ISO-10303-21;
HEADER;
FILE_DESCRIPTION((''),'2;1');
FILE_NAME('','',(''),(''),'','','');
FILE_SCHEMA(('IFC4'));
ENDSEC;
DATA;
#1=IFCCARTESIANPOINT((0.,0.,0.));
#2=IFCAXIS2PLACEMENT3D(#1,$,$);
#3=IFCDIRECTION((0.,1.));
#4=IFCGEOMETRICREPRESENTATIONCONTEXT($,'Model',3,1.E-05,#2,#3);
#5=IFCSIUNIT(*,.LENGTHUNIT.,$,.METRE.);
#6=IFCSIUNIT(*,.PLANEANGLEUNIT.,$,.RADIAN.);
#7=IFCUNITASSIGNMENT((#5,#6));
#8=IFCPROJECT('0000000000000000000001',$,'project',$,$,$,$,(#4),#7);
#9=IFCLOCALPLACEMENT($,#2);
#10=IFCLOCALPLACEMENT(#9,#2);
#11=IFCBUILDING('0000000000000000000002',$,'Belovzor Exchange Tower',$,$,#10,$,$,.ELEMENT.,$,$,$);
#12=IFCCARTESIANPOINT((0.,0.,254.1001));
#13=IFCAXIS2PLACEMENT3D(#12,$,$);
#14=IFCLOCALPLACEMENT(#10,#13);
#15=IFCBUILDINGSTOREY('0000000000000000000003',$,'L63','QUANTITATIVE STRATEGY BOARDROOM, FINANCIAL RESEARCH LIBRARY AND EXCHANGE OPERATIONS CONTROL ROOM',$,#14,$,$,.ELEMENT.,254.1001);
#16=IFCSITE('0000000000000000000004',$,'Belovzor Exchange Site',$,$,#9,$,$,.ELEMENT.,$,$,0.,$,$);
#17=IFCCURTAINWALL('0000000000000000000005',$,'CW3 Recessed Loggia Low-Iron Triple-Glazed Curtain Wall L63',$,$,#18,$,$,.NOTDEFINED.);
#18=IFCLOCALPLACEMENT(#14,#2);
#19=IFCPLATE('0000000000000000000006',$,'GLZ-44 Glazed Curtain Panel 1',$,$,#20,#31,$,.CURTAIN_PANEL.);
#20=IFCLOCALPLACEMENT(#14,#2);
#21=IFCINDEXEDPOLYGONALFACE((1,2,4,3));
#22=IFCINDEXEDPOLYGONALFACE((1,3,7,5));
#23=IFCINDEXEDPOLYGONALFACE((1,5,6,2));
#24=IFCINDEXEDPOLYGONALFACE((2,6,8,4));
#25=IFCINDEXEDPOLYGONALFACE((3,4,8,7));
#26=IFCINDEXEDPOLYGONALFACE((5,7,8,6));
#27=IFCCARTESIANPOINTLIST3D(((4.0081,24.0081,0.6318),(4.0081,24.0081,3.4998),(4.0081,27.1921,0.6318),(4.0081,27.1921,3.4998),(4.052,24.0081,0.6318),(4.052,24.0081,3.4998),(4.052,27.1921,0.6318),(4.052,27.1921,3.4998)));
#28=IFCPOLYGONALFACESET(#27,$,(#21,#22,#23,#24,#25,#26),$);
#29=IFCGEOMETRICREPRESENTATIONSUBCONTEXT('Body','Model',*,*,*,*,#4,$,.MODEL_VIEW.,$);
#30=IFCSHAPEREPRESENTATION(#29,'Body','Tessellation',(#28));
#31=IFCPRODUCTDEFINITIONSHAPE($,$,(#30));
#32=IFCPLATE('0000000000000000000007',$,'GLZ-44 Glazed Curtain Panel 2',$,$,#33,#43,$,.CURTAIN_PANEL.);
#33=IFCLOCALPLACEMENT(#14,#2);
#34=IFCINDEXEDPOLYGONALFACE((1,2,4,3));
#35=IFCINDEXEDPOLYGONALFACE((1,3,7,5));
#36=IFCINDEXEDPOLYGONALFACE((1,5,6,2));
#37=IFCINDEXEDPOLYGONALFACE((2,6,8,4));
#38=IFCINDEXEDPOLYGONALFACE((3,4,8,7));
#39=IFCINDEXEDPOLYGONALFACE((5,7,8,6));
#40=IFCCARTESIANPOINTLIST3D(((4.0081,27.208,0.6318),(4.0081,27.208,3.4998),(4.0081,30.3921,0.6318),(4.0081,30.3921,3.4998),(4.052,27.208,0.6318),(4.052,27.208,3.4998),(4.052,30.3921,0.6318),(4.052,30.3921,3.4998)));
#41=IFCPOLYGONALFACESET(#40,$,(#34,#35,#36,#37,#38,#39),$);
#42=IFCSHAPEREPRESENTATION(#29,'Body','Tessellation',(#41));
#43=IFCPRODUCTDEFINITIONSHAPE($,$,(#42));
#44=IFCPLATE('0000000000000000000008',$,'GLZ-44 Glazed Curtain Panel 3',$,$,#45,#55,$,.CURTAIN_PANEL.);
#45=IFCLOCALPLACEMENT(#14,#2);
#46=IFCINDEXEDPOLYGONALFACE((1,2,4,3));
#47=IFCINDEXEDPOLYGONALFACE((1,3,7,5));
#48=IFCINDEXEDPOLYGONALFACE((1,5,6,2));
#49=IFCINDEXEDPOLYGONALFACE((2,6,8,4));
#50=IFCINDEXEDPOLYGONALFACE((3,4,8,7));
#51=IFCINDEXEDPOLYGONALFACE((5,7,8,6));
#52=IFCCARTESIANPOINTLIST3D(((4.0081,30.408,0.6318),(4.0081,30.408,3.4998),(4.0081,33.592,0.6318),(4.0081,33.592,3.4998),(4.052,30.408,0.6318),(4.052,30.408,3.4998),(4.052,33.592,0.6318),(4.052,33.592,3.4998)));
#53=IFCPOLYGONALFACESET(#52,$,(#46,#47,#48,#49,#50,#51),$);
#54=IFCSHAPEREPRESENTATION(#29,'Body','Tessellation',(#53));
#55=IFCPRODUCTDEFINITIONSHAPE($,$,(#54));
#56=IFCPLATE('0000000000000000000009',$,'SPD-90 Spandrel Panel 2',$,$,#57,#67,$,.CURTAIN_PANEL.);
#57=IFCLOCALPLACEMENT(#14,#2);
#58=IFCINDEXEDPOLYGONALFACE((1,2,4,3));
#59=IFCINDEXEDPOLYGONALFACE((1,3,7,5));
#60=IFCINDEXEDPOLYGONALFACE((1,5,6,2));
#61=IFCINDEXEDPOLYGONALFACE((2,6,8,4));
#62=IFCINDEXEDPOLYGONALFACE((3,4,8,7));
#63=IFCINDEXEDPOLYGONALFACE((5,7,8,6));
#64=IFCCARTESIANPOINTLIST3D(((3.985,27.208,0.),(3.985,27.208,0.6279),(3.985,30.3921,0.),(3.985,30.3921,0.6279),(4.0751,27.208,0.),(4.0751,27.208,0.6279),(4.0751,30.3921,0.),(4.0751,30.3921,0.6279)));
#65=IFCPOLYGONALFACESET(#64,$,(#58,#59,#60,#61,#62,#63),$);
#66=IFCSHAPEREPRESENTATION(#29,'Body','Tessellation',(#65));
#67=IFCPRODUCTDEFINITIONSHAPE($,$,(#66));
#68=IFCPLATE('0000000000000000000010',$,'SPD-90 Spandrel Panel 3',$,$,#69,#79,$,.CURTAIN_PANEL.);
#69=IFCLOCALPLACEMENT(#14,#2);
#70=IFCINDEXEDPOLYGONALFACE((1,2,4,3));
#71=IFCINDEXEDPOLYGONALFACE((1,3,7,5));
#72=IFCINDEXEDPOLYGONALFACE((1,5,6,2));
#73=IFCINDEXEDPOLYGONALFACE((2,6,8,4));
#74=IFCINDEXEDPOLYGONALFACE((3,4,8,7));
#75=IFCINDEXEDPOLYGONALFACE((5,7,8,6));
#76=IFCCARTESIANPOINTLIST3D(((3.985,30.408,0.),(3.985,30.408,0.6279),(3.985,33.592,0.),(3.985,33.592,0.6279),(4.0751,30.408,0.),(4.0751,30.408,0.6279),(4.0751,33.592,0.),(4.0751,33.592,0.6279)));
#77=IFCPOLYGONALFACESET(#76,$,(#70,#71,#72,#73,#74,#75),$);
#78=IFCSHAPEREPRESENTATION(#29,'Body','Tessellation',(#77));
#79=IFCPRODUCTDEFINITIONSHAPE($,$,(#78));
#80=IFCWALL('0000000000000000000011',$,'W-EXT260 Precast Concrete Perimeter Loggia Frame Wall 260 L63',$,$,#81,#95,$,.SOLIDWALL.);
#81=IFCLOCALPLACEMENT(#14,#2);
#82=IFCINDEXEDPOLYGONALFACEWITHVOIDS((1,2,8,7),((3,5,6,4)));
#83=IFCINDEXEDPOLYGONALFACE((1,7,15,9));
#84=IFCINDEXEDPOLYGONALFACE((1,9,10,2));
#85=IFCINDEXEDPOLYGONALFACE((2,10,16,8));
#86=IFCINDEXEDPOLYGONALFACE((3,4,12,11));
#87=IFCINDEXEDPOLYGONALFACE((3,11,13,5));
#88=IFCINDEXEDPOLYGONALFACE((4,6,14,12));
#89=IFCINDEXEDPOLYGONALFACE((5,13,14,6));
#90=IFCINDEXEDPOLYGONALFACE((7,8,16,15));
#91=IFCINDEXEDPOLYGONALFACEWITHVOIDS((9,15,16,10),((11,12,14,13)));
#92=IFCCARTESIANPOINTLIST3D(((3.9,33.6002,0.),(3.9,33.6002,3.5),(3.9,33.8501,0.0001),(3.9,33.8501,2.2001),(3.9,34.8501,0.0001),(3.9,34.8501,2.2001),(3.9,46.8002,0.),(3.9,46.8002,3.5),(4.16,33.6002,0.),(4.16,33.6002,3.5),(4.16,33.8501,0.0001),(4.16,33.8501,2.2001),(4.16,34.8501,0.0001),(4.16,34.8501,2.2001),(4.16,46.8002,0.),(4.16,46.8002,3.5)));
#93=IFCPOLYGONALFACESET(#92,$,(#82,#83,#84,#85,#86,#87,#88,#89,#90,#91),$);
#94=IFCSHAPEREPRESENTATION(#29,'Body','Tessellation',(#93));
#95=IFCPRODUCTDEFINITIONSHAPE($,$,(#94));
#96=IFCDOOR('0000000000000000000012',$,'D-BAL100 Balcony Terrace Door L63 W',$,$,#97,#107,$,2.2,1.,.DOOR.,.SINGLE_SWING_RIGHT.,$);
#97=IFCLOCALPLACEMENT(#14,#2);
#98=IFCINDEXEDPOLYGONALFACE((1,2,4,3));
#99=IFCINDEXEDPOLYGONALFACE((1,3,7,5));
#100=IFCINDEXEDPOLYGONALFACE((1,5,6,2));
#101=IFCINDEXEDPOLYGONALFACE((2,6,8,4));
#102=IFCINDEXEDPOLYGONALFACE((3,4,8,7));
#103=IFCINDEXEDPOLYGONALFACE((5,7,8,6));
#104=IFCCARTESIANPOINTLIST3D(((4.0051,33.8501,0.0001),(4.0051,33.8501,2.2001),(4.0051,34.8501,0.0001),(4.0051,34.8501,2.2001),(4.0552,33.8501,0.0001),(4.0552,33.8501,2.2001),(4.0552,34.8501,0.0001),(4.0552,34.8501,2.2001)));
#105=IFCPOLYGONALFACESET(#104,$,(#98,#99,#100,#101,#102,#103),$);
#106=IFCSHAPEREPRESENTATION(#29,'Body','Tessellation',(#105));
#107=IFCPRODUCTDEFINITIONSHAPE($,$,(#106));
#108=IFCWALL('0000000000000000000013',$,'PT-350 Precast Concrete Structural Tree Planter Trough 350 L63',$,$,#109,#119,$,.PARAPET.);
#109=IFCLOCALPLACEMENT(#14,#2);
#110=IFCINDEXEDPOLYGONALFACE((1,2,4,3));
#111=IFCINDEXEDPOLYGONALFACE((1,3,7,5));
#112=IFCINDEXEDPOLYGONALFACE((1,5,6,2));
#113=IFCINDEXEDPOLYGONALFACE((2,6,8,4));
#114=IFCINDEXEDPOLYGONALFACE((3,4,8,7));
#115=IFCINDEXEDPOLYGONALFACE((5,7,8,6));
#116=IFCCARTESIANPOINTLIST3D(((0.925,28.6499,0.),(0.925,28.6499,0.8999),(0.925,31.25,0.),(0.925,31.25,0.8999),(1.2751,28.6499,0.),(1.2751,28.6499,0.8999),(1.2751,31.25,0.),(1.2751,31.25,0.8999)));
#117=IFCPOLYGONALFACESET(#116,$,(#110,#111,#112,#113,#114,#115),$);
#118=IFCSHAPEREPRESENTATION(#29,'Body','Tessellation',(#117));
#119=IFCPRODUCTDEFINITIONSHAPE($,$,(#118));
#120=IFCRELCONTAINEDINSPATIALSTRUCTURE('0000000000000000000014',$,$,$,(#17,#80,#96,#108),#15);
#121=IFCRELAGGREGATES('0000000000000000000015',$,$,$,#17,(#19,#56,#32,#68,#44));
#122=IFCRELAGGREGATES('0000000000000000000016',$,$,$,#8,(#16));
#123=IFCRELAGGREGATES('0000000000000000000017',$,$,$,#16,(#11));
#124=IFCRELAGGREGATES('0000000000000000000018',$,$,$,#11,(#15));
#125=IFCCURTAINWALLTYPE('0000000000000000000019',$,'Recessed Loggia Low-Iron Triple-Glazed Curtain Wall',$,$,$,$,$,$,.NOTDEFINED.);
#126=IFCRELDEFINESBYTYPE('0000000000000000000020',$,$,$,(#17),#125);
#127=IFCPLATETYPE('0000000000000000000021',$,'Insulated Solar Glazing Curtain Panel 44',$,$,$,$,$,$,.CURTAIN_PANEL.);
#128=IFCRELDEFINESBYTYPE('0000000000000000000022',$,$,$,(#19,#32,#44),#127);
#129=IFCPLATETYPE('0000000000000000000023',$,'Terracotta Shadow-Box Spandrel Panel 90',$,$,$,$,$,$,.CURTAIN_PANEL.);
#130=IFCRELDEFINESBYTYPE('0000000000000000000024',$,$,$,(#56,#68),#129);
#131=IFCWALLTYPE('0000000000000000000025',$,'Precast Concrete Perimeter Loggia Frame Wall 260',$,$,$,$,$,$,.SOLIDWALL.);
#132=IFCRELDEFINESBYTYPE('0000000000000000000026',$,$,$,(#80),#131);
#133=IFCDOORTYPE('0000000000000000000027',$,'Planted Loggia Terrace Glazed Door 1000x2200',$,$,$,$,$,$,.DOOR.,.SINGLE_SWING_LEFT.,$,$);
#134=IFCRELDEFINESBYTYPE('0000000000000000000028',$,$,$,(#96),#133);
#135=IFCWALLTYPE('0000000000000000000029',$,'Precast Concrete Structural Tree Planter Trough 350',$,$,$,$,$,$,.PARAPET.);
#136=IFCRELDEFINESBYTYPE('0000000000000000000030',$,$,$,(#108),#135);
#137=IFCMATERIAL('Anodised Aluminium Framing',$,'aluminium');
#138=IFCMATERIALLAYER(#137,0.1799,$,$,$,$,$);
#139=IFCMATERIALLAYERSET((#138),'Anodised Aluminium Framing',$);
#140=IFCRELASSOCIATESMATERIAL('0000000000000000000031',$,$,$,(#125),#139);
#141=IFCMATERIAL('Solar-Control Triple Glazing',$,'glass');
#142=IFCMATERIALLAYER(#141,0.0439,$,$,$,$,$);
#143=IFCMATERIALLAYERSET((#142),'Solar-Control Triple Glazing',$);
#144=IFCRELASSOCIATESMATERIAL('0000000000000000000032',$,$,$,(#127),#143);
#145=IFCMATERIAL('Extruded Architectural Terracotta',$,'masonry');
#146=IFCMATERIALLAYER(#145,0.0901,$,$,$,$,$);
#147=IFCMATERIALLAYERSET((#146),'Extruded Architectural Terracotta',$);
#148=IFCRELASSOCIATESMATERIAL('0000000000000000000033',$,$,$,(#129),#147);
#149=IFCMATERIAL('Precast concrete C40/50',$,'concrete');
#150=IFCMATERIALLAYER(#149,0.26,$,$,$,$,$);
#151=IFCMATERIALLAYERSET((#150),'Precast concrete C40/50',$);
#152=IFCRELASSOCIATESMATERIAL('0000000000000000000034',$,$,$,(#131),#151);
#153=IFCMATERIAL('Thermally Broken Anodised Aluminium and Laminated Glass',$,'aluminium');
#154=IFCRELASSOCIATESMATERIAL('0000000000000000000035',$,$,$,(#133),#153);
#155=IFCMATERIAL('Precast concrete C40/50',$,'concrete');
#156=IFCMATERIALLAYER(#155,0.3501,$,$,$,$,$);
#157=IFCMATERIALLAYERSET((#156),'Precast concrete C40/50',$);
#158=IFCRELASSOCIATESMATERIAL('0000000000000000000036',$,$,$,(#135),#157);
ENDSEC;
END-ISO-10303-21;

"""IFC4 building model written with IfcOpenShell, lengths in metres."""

from ifc_helpers import new_model, si_unit, direction, frame, frame_2d, origin, origin_2d, place, context, subcontext, project, spatial, rectangle, extrude, material, layer, layer_set, type_object, element, fill, aggregate, save


model = new_model("IFC4")

# Units and contexts
model_context = context("Model", 3, precision=1e-05, world=origin(), true_north=direction((0.0, 1.0)))
body_context = subcontext(model_context, "Body", "Model", "MODEL_VIEW")
ifc_project = project(units=[si_unit("LENGTHUNIT", "METRE"), si_unit("PLANEANGLEUNIT", "RADIAN")], contexts=[model_context])

# Site, building, storey
site_placement = place(None, origin())
site = spatial("IfcSite", under=ifc_project, at=site_placement, Name="Belovzor Exchange Site", CompositionType="ELEMENT", RefElevation=0.0)
building_placement = place(site_placement, origin())
building = spatial("IfcBuilding", under=site, at=building_placement, Name="Belovzor Exchange Tower", CompositionType="ELEMENT")
storey_placement = place(building_placement, frame((0.0, 0.0, 254.1001)))
storey = spatial("IfcBuildingStorey", under=building, at=storey_placement, Name="L63", Description="QUANTITATIVE STRATEGY BOARDROOM, FINANCIAL RESEARCH LIBRARY AND EXCHANGE OPERATIONS CONTROL ROOM", CompositionType="ELEMENT", Elevation=254.1001)

# Curtain wall
ifc_material_1 = material(Name="Anodised Aluminium Framing", Category="aluminium")
ifc_layer_1 = layer(ifc_material_1, 0.1799)
ifc_layer_set_1 = layer_set([ifc_layer_1], Name="Anodised Aluminium Framing")
curtain_wall_type = type_object("IfcCurtainWallType", Name="Recessed Loggia Low-Iron Triple-Glazed Curtain Wall", PredefinedType="NOTDEFINED", material=ifc_layer_set_1)
curtain_wall_placement = place(storey_placement, origin())
curtain_wall = element("IfcCurtainWall", 1, at=curtain_wall_placement, inside=storey, type_object=curtain_wall_type, Name="CW3 Recessed Loggia Low-Iron Triple-Glazed Curtain Wall L63", PredefinedType="NOTDEFINED")

# Plates
ifc_material_2 = material(Name="Solar-Control Triple Glazing", Category="glass")
ifc_layer_2 = layer(ifc_material_2, 0.0439)
ifc_layer_set_2 = layer_set([ifc_layer_2], Name="Solar-Control Triple Glazing")
plate_type_1 = type_object("IfcPlateType", Name="Insulated Solar Glazing Curtain Panel 44", PredefinedType="CURTAIN_PANEL", material=ifc_layer_set_2)
plate_1_placement = place(storey_placement, frame((4.03, 25.6001, 0.6318), z_axis=(0.0, 0.0, 1.0), x_axis=(0.0, 1.0, 0.0)))
plate_1 = element("IfcPlate", 2, at=plate_1_placement, type_object=plate_type_1, Name="GLZ-44 Glazed Curtain Panel 1", PredefinedType="CURTAIN_PANEL", context=body_context, shape_type="SweptSolid", body=[
    extrude(rectangle(XDim=3.1841, YDim=0.0439, at=origin_2d()), origin(), (0.0, 0.0, 1.0), 2.8679),
])
plate_2_placement = place(storey_placement, frame((4.03, 28.8, 0.6318), z_axis=(0.0, 0.0, 1.0), x_axis=(0.0, 1.0, 0.0)))
plate_2 = element("IfcPlate", 3, at=plate_2_placement, type_object=plate_type_1, Name="GLZ-44 Glazed Curtain Panel 2", PredefinedType="CURTAIN_PANEL", context=body_context, shape_type="SweptSolid", body=[
    extrude(rectangle(XDim=3.1841, YDim=0.0439, at=origin_2d()), origin(), (0.0, 0.0, 1.0), 2.8679),
])
plate_3_placement = place(storey_placement, frame((4.03, 32.0, 0.6318), z_axis=(0.0, 0.0, 1.0), x_axis=(0.0, 1.0, 0.0)))
plate_3 = element("IfcPlate", 4, at=plate_3_placement, type_object=plate_type_1, Name="GLZ-44 Glazed Curtain Panel 3", PredefinedType="CURTAIN_PANEL", context=body_context, shape_type="SweptSolid", body=[
    extrude(rectangle(XDim=3.1841, YDim=0.0439, at=origin_2d()), origin(), (0.0, 0.0, 1.0), 2.8679),
])
ifc_material_3 = material(Name="Extruded Architectural Terracotta", Category="masonry")
ifc_layer_3 = layer(ifc_material_3, 0.0901)
ifc_layer_set_3 = layer_set([ifc_layer_3], Name="Extruded Architectural Terracotta")
plate_type_2 = type_object("IfcPlateType", Name="Terracotta Shadow-Box Spandrel Panel 90", PredefinedType="CURTAIN_PANEL", material=ifc_layer_set_3)
plate_4_placement = place(storey_placement, frame((4.03, 28.8, 0.0), z_axis=(0.0, 0.0, 1.0), x_axis=(0.0, 1.0, 0.0)))
plate_4 = element("IfcPlate", 5, at=plate_4_placement, type_object=plate_type_2, Name="SPD-90 Spandrel Panel 2", PredefinedType="CURTAIN_PANEL", context=body_context, shape_type="SweptSolid", body=[
    extrude(rectangle(XDim=3.1841, YDim=0.0901, at=origin_2d()), origin(), (0.0, 0.0, 1.0), 0.6279),
])
plate_5_placement = place(storey_placement, frame((4.03, 32.0, 0.0), z_axis=(0.0, 0.0, 1.0), x_axis=(0.0, 1.0, 0.0)))
plate_5 = element("IfcPlate", 6, at=plate_5_placement, type_object=plate_type_2, Name="SPD-90 Spandrel Panel 3", PredefinedType="CURTAIN_PANEL", context=body_context, shape_type="SweptSolid", body=[
    extrude(rectangle(XDim=3.1841, YDim=0.0901, at=origin_2d()), origin(), (0.0, 0.0, 1.0), 0.6279),
])
aggregate(curtain_wall, [plate_1, plate_4, plate_2, plate_5, plate_3])

# Wall, opening, door
ifc_material_4 = material(Name="Precast concrete C40/50", Category="concrete")
ifc_layer_4 = layer(ifc_material_4, 0.26)
ifc_layer_set_4 = layer_set([ifc_layer_4], Name="Precast concrete C40/50")
wall_type_1 = type_object("IfcWallType", Name="Precast Concrete Perimeter Loggia Frame Wall 260", PredefinedType="SOLIDWALL", material=ifc_layer_set_4)
wall_1_placement = place(storey_placement, frame((4.03, 33.6001, 0.0), z_axis=(0.0, 0.0, 1.0), x_axis=(0.0, 1.0, 0.0)))
wall_1 = element("IfcWall", 7, at=wall_1_placement, inside=storey, type_object=wall_type_1, Name="W-EXT260 Precast Concrete Perimeter Loggia Frame Wall 260 L63", PredefinedType="SOLIDWALL", context=body_context, shape_type="SweptSolid", body=[
    extrude(rectangle(XDim=13.2, YDim=0.26, at=frame_2d((6.6001, 0.0))), origin(), (0.0, 0.0, 1.0), 3.5),
])
opening_placement = place(wall_1_placement, frame((0.25, 0.0, 0.0)))
opening = element("IfcOpeningElement", 8, at=opening_placement, cuts=wall_1, PredefinedType="OPENING", context=body_context, shape_type="SweptSolid", body=[
    extrude(rectangle(XDim=1.0, YDim=2.2, at=frame_2d((0.5, 1.1001))), frame((0.0, 0.1399, 0.0), z_axis=(0.0, -1.0, 0.0), x_axis=(1.0, 0.0, 0.0)), (0.0, 0.0, 1.0), 0.28),
])
ifc_material_5 = material(Name="Thermally Broken Anodised Aluminium and Laminated Glass", Category="aluminium")
door_type = type_object("IfcDoorType", Name="Planted Loggia Terrace Glazed Door 1000x2200", OperationType="SINGLE_SWING_LEFT", PredefinedType="DOOR", material=ifc_material_5)
door_placement = place(opening_placement, origin())
door = element("IfcDoor", 9, at=door_placement, inside=storey, type_object=door_type, Name="D-BAL100 Balcony Terrace Door L63 W", OperationType="SINGLE_SWING_RIGHT", OverallHeight=2.2, OverallWidth=1.0, PredefinedType="DOOR", context=body_context, shape_type="SweptSolid", body=[
    extrude(rectangle(XDim=1.0, YDim=2.2, at=frame_2d((0.5, 1.1001))), frame((0.0, 0.0249, 0.0), z_axis=(0.0, -1.0, 0.0), x_axis=(1.0, 0.0, 0.0)), (0.0, 0.0, 1.0), 0.05),
])
fill(opening, door)

# Wall
ifc_material_6 = material(Name="Precast concrete C40/50", Category="concrete")
ifc_layer_5 = layer(ifc_material_6, 0.3501)
ifc_layer_set_5 = layer_set([ifc_layer_5], Name="Precast concrete C40/50")
wall_type_2 = type_object("IfcWallType", Name="Precast Concrete Structural Tree Planter Trough 350", PredefinedType="PARAPET", material=ifc_layer_set_5)
wall_2_placement = place(storey_placement, frame((1.1001, 28.6499, 0.0), z_axis=(0.0, 0.0, 1.0), x_axis=(0.0, 1.0, 0.0)))
element("IfcWall", 10, at=wall_2_placement, inside=storey, type_object=wall_type_2, Name="PT-350 Precast Concrete Structural Tree Planter Trough 350 L63", PredefinedType="PARAPET", context=body_context, shape_type="SweptSolid", body=[
    extrude(rectangle(XDim=2.6001, YDim=0.3501, at=frame_2d((1.3, 0.0))), origin(), (0.0, 0.0, 1.0), 0.8999),
])

save(model, "model.ifc")
